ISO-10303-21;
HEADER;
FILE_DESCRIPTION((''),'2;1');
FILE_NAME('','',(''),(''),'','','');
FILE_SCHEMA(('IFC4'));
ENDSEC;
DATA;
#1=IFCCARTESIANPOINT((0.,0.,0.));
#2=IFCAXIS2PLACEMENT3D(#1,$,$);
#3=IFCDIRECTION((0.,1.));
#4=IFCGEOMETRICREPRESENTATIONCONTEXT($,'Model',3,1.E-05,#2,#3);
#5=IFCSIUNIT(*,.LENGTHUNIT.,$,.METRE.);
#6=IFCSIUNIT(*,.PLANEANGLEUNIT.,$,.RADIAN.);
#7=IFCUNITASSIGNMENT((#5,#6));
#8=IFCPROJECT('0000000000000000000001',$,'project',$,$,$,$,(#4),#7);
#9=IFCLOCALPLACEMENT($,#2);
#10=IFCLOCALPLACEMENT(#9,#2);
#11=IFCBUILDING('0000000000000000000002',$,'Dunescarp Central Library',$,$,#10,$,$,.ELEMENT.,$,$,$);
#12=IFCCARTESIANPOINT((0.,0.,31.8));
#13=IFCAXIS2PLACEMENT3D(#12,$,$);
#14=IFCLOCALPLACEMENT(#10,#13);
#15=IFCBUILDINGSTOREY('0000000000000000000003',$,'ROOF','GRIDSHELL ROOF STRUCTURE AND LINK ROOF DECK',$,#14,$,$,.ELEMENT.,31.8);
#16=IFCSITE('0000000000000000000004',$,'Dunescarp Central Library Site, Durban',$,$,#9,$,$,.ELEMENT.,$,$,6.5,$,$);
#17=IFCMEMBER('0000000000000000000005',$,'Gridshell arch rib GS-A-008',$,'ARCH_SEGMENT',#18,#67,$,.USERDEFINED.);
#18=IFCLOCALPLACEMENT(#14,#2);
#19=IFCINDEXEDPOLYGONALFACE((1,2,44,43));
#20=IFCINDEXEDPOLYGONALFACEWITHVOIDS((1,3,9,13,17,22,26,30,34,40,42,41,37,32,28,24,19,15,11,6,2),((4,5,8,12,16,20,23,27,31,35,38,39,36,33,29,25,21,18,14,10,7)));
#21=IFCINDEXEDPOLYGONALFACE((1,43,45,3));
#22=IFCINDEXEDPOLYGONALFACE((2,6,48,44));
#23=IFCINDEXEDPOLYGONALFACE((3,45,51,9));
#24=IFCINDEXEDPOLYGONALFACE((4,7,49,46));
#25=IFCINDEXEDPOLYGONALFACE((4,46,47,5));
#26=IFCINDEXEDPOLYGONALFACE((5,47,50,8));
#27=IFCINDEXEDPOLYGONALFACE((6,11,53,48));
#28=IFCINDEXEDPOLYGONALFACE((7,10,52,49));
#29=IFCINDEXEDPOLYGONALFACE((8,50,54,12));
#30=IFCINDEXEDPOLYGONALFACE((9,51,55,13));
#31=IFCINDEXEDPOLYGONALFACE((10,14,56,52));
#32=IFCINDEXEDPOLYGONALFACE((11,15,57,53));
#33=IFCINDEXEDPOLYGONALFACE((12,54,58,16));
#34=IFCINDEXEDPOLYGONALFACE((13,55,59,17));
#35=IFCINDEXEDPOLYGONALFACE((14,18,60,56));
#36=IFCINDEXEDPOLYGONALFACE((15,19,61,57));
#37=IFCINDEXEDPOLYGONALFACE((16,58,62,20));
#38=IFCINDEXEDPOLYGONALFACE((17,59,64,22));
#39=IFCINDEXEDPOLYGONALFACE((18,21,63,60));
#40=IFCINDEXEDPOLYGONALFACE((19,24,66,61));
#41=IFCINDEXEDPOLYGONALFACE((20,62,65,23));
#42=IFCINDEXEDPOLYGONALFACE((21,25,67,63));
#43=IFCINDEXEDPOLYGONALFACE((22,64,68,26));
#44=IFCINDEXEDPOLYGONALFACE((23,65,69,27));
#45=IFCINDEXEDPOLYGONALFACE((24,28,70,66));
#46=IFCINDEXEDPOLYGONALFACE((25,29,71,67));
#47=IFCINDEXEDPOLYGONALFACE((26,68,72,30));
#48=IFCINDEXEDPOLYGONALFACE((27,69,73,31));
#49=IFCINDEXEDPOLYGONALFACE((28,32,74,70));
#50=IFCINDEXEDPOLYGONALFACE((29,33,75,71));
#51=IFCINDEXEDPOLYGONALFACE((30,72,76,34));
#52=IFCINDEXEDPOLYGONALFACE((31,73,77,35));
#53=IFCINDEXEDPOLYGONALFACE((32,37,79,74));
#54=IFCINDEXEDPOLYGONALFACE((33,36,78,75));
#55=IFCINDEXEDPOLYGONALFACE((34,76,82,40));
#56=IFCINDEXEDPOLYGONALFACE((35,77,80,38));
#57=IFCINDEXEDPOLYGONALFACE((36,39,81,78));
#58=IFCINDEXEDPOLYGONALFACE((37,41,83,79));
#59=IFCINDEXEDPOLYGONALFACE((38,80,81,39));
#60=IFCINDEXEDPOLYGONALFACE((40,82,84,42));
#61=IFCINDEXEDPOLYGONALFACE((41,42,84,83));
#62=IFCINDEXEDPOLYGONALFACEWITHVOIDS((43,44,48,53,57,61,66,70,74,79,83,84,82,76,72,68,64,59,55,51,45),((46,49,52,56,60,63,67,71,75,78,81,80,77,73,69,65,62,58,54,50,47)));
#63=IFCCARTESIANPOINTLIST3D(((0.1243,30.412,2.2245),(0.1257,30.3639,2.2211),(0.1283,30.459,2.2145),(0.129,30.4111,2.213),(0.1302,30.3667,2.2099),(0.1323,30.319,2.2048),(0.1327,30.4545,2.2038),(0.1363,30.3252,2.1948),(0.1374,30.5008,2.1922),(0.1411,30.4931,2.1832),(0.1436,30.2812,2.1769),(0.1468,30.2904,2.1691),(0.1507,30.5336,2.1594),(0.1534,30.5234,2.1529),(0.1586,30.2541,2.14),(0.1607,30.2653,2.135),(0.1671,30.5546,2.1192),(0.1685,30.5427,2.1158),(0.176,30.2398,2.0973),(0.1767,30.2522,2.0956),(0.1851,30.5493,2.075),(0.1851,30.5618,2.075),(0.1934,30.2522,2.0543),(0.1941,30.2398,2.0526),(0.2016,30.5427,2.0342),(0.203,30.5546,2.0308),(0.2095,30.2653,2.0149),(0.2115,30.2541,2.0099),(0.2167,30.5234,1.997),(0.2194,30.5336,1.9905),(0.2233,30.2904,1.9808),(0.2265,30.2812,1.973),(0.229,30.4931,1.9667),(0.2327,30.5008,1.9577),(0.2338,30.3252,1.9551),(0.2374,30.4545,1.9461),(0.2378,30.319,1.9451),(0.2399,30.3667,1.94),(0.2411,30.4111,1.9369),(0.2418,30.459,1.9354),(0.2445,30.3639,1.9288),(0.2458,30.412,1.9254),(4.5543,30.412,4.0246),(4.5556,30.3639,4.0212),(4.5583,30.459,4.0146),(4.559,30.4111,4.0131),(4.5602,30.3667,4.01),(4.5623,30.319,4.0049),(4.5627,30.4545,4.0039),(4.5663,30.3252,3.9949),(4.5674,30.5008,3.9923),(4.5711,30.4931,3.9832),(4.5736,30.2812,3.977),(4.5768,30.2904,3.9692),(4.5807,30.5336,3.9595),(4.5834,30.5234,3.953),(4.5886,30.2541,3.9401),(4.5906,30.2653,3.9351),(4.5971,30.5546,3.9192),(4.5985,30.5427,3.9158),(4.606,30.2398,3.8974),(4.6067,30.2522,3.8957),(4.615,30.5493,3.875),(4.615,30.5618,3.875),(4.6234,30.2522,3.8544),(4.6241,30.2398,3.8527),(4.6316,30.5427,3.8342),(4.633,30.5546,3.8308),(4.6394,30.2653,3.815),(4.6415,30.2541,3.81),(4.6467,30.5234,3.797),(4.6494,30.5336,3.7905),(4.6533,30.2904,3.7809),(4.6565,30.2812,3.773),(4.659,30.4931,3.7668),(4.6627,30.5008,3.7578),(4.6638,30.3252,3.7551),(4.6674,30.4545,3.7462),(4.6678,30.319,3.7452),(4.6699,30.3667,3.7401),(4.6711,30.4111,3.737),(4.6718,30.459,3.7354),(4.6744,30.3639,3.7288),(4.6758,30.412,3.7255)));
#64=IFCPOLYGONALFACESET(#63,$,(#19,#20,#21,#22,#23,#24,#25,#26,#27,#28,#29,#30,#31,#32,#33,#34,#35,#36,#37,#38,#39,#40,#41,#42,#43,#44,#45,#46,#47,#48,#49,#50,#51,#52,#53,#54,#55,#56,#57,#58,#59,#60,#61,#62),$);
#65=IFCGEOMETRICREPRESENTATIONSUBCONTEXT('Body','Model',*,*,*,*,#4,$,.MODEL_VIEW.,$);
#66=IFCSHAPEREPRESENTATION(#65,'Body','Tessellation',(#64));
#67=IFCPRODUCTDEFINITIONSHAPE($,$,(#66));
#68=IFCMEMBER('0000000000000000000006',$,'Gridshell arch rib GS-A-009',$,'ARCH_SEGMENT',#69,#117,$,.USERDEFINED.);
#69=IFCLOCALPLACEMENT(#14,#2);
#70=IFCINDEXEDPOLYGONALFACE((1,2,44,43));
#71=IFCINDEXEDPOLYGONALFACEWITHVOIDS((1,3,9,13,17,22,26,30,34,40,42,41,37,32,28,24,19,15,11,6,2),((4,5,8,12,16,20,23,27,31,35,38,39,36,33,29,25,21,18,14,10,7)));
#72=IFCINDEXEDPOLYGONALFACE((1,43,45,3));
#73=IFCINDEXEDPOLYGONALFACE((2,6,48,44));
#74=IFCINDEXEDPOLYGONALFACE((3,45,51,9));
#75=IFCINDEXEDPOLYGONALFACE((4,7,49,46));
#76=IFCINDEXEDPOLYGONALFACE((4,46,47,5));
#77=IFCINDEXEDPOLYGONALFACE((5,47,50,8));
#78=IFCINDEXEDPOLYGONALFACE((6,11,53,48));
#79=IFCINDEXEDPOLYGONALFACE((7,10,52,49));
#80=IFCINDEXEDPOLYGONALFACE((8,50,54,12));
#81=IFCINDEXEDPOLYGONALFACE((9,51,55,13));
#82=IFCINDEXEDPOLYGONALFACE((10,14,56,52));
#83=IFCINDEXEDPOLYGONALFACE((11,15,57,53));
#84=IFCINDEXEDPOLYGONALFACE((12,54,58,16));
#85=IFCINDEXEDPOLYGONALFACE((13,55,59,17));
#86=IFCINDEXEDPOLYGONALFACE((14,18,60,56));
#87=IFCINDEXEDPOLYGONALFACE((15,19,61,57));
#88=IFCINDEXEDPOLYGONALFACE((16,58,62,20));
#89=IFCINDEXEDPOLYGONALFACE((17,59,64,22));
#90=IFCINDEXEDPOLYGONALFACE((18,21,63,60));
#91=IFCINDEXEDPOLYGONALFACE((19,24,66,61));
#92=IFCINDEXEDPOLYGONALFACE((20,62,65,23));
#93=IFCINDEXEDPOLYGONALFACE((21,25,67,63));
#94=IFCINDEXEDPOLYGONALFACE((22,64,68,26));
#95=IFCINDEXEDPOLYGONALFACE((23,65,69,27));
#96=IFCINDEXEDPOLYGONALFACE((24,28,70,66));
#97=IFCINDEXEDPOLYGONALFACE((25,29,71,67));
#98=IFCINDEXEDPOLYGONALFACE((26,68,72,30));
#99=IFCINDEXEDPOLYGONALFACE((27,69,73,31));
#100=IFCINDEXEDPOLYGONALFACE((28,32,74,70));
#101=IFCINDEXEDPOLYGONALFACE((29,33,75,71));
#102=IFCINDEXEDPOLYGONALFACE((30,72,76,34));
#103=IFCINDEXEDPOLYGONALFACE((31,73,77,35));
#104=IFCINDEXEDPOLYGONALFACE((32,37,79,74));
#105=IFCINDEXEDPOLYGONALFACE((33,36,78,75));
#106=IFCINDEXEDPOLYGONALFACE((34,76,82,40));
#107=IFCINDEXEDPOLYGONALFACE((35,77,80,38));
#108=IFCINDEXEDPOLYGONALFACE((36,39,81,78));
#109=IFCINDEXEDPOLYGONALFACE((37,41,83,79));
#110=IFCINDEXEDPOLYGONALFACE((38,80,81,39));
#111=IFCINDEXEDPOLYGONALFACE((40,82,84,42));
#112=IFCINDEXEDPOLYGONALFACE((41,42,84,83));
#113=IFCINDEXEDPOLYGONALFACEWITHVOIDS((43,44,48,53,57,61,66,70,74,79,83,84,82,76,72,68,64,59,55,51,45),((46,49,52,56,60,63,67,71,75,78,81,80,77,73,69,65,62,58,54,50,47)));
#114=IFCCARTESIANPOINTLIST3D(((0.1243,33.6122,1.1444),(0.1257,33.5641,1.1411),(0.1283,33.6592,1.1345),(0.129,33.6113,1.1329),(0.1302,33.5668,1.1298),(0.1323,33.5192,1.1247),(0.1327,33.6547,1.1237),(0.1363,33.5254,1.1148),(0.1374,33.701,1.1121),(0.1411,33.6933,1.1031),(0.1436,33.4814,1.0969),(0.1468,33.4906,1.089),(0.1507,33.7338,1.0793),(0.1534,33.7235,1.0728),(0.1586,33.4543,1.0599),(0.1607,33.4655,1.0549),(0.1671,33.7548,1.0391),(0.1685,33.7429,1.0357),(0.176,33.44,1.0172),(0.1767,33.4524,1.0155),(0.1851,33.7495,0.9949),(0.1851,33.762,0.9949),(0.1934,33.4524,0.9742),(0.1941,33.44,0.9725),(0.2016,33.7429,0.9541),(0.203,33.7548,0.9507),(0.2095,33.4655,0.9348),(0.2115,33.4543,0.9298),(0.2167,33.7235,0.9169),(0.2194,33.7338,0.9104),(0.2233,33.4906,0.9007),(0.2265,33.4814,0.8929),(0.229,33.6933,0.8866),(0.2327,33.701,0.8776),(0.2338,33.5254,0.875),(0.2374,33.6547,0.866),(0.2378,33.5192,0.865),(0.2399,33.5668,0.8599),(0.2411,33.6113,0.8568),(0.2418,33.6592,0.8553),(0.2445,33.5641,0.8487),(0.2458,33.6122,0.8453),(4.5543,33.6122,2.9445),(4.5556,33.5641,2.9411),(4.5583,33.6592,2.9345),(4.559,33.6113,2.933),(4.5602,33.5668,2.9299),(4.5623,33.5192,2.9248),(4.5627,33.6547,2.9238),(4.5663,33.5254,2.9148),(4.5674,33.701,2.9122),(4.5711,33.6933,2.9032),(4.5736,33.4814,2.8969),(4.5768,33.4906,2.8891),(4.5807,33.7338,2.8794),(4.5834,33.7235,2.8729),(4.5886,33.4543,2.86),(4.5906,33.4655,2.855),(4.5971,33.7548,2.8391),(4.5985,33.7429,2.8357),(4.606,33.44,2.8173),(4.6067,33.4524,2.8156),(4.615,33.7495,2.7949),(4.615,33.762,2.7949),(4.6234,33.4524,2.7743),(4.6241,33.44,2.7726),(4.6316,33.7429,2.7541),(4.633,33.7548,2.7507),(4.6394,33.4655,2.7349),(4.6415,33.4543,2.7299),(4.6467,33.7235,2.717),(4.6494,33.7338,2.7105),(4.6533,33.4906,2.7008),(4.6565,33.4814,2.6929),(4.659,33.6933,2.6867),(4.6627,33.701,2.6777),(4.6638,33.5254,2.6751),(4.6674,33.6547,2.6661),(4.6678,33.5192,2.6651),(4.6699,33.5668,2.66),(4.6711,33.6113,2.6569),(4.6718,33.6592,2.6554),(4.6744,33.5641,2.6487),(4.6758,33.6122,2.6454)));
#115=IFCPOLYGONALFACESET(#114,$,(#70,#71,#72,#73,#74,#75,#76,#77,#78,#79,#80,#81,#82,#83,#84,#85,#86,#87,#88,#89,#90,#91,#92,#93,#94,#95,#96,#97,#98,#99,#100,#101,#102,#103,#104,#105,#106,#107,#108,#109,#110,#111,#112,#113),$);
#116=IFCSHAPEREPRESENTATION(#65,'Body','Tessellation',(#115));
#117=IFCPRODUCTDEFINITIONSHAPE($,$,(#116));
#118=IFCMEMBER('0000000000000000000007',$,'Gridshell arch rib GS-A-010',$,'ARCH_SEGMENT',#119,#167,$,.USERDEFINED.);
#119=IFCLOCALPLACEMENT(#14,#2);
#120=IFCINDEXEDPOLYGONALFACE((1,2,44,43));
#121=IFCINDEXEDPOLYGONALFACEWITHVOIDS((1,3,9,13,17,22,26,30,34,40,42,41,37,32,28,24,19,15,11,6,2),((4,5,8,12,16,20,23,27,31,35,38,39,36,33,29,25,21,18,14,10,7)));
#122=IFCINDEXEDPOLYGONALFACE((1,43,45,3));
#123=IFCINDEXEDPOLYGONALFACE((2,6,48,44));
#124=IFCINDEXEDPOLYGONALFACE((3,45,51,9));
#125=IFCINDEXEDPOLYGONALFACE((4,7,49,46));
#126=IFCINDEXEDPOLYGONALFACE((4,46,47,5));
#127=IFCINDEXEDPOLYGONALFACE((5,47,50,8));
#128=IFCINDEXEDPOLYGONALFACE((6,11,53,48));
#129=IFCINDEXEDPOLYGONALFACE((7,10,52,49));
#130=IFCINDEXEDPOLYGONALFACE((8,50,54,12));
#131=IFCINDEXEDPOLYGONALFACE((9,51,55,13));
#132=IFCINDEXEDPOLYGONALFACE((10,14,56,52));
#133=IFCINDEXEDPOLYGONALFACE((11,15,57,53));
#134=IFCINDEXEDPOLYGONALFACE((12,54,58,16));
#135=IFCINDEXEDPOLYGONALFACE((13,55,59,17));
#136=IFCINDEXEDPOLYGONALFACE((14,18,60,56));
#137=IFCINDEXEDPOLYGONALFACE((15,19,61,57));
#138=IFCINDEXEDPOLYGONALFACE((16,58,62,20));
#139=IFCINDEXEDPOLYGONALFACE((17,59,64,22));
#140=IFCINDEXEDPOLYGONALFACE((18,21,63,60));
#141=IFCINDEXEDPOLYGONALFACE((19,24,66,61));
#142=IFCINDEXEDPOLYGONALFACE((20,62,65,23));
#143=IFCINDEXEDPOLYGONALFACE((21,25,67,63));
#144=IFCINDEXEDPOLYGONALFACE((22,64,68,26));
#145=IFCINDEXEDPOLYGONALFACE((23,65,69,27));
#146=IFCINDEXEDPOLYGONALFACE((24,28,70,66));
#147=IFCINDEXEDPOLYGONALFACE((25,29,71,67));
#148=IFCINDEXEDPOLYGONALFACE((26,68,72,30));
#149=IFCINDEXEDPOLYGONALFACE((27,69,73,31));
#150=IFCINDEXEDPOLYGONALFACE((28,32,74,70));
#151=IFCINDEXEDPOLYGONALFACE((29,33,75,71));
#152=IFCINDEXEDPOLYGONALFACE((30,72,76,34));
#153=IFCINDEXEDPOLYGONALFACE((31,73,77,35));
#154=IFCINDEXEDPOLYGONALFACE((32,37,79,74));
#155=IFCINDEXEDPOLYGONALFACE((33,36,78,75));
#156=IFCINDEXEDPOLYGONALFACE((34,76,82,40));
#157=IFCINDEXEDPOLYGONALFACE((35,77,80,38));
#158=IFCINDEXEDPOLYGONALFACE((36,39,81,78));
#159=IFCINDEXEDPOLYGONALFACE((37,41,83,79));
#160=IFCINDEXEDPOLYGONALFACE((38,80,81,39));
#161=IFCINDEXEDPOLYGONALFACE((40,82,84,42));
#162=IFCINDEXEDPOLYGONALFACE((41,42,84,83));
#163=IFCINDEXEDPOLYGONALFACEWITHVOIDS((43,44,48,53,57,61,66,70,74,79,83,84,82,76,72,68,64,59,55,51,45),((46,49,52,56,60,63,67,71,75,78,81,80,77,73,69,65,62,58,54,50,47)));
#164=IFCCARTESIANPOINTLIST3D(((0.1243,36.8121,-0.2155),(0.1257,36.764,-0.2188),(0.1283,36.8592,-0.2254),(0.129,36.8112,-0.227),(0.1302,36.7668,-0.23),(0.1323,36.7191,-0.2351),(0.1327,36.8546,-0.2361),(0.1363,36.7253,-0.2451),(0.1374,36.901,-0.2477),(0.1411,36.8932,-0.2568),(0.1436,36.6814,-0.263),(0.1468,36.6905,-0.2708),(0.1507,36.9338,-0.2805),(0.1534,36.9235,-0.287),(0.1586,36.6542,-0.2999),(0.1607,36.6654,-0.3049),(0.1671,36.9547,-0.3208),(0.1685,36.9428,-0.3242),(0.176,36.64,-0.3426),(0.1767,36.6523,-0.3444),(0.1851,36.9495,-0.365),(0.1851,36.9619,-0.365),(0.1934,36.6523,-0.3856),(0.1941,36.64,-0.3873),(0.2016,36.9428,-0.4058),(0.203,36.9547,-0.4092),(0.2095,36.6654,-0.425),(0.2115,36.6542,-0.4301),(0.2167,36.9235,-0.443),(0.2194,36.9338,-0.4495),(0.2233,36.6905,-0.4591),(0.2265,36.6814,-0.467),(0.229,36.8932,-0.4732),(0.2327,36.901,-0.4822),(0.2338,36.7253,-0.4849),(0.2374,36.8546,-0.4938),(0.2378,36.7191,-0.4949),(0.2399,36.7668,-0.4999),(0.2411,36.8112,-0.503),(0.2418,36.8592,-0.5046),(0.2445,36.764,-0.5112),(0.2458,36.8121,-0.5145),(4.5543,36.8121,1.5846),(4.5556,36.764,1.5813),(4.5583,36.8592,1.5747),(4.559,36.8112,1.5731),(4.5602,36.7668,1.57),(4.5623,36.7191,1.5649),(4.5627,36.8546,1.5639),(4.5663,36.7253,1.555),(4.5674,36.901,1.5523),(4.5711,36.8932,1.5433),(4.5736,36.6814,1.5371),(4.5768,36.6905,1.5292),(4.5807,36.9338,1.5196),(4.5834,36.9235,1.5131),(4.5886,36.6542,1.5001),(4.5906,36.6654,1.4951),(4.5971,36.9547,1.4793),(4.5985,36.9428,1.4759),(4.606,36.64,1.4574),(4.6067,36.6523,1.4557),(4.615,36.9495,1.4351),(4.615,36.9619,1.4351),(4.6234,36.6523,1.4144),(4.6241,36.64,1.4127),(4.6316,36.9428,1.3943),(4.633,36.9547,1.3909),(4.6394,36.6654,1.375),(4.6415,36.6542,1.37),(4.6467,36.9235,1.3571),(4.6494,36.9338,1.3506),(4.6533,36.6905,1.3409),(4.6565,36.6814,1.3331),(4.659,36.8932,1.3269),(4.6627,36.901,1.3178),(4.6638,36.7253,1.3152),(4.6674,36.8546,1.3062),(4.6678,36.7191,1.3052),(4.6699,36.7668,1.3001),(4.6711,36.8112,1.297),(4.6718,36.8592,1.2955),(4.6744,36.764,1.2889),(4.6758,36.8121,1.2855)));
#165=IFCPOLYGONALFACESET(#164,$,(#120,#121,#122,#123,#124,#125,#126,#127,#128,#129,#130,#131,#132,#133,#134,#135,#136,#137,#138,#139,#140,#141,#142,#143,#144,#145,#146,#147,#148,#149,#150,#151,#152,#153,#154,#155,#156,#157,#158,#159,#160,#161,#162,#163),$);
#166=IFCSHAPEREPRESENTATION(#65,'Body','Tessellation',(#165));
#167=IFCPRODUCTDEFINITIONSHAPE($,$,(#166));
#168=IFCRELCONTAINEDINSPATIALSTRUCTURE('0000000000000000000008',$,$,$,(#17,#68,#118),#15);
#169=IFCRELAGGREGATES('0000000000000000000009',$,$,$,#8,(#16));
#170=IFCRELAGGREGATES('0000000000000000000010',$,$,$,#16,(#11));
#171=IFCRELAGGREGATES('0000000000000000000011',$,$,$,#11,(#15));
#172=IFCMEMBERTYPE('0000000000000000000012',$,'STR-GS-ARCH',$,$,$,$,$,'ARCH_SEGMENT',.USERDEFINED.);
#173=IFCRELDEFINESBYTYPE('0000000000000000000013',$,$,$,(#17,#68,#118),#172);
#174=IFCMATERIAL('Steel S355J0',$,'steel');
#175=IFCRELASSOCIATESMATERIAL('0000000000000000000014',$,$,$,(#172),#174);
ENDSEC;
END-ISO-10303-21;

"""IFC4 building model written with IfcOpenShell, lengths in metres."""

from ifc_helpers import new_model, si_unit, direction, frame, origin, origin_2d, place, context, subcontext, project, spatial, hollow_circle, extrude, material, material_profile, profile_set, type_object, element, save


model = new_model("IFC4")

# Units and contexts
model_context = context("Model", 3, precision=1e-05, world=origin(), true_north=direction((0.0, 1.0)))
body_context = subcontext(model_context, "Body", "Model", "MODEL_VIEW")
ifc_project = project(units=[si_unit("LENGTHUNIT", "METRE"), si_unit("PLANEANGLEUNIT", "RADIAN")], contexts=[model_context])

# Site, building, storey
site_placement = place(None, origin())
site = spatial("IfcSite", under=ifc_project, at=site_placement, Name="Dunescarp Central Library Site, Durban", CompositionType="ELEMENT", RefElevation=6.5)
building_placement = place(site_placement, origin())
building = spatial("IfcBuilding", under=site, at=building_placement, Name="Dunescarp Central Library", CompositionType="ELEMENT")
storey_placement = place(building_placement, frame((0.0, 0.0, 31.8)))
storey = spatial("IfcBuildingStorey", under=building, at=storey_placement, Name="ROOF", Description="GRIDSHELL ROOF STRUCTURE AND LINK ROOF DECK", CompositionType="ELEMENT", Elevation=31.8)

# Members
ifc_material_1 = material(Name="Steel S355J0", Category="steel")
ifc_material_profile_1 = material_profile(ifc_material_1, hollow_circle(Radius=0.1619, WallThickness=0.0125, at=origin_2d()), Name="CHS 323.9x12.5")
ifc_profile_set_1 = profile_set([ifc_material_profile_1], Name="Steel S355J0")
member_type_1 = type_object("IfcMemberType", Name="STR-GS-ARCH", ElementType="ARCH_SEGMENT", PredefinedType="USERDEFINED", material=ifc_profile_set_1)
for number, where, z_axis, x_axis, name in (
    (1, (0.1851, 30.3999, 2.075), (0.926438, 0.0, 0.376447), (0.0, 1.0, 0.0), "Gridshell arch rib GS-A-008"),
    (2, (0.1851, 33.6001, 0.9949), (0.926438, 0.0, 0.376447), (0.0, 1.0, 0.0), "Gridshell arch rib GS-A-009"),
    (3, (0.1851, 36.8, -0.365), (0.926438, 0.0, 0.376447), (0.0, 1.0, 0.0), "Gridshell arch rib GS-A-010"),
):
    element("IfcMember", number, at=place(storey_placement, frame(where, z_axis=z_axis, x_axis=x_axis)), inside=storey, type_object=member_type_1, Name=name, ObjectType="ARCH_SEGMENT", PredefinedType="USERDEFINED", context=body_context, shape_type="SweptSolid", body=[
        extrude(hollow_circle(Radius=0.1619, WallThickness=0.0125, at=origin_2d()), origin(), (0.0, 0.0, 1.0), 4.7817),
    ])

save(model, "model.ifc")
